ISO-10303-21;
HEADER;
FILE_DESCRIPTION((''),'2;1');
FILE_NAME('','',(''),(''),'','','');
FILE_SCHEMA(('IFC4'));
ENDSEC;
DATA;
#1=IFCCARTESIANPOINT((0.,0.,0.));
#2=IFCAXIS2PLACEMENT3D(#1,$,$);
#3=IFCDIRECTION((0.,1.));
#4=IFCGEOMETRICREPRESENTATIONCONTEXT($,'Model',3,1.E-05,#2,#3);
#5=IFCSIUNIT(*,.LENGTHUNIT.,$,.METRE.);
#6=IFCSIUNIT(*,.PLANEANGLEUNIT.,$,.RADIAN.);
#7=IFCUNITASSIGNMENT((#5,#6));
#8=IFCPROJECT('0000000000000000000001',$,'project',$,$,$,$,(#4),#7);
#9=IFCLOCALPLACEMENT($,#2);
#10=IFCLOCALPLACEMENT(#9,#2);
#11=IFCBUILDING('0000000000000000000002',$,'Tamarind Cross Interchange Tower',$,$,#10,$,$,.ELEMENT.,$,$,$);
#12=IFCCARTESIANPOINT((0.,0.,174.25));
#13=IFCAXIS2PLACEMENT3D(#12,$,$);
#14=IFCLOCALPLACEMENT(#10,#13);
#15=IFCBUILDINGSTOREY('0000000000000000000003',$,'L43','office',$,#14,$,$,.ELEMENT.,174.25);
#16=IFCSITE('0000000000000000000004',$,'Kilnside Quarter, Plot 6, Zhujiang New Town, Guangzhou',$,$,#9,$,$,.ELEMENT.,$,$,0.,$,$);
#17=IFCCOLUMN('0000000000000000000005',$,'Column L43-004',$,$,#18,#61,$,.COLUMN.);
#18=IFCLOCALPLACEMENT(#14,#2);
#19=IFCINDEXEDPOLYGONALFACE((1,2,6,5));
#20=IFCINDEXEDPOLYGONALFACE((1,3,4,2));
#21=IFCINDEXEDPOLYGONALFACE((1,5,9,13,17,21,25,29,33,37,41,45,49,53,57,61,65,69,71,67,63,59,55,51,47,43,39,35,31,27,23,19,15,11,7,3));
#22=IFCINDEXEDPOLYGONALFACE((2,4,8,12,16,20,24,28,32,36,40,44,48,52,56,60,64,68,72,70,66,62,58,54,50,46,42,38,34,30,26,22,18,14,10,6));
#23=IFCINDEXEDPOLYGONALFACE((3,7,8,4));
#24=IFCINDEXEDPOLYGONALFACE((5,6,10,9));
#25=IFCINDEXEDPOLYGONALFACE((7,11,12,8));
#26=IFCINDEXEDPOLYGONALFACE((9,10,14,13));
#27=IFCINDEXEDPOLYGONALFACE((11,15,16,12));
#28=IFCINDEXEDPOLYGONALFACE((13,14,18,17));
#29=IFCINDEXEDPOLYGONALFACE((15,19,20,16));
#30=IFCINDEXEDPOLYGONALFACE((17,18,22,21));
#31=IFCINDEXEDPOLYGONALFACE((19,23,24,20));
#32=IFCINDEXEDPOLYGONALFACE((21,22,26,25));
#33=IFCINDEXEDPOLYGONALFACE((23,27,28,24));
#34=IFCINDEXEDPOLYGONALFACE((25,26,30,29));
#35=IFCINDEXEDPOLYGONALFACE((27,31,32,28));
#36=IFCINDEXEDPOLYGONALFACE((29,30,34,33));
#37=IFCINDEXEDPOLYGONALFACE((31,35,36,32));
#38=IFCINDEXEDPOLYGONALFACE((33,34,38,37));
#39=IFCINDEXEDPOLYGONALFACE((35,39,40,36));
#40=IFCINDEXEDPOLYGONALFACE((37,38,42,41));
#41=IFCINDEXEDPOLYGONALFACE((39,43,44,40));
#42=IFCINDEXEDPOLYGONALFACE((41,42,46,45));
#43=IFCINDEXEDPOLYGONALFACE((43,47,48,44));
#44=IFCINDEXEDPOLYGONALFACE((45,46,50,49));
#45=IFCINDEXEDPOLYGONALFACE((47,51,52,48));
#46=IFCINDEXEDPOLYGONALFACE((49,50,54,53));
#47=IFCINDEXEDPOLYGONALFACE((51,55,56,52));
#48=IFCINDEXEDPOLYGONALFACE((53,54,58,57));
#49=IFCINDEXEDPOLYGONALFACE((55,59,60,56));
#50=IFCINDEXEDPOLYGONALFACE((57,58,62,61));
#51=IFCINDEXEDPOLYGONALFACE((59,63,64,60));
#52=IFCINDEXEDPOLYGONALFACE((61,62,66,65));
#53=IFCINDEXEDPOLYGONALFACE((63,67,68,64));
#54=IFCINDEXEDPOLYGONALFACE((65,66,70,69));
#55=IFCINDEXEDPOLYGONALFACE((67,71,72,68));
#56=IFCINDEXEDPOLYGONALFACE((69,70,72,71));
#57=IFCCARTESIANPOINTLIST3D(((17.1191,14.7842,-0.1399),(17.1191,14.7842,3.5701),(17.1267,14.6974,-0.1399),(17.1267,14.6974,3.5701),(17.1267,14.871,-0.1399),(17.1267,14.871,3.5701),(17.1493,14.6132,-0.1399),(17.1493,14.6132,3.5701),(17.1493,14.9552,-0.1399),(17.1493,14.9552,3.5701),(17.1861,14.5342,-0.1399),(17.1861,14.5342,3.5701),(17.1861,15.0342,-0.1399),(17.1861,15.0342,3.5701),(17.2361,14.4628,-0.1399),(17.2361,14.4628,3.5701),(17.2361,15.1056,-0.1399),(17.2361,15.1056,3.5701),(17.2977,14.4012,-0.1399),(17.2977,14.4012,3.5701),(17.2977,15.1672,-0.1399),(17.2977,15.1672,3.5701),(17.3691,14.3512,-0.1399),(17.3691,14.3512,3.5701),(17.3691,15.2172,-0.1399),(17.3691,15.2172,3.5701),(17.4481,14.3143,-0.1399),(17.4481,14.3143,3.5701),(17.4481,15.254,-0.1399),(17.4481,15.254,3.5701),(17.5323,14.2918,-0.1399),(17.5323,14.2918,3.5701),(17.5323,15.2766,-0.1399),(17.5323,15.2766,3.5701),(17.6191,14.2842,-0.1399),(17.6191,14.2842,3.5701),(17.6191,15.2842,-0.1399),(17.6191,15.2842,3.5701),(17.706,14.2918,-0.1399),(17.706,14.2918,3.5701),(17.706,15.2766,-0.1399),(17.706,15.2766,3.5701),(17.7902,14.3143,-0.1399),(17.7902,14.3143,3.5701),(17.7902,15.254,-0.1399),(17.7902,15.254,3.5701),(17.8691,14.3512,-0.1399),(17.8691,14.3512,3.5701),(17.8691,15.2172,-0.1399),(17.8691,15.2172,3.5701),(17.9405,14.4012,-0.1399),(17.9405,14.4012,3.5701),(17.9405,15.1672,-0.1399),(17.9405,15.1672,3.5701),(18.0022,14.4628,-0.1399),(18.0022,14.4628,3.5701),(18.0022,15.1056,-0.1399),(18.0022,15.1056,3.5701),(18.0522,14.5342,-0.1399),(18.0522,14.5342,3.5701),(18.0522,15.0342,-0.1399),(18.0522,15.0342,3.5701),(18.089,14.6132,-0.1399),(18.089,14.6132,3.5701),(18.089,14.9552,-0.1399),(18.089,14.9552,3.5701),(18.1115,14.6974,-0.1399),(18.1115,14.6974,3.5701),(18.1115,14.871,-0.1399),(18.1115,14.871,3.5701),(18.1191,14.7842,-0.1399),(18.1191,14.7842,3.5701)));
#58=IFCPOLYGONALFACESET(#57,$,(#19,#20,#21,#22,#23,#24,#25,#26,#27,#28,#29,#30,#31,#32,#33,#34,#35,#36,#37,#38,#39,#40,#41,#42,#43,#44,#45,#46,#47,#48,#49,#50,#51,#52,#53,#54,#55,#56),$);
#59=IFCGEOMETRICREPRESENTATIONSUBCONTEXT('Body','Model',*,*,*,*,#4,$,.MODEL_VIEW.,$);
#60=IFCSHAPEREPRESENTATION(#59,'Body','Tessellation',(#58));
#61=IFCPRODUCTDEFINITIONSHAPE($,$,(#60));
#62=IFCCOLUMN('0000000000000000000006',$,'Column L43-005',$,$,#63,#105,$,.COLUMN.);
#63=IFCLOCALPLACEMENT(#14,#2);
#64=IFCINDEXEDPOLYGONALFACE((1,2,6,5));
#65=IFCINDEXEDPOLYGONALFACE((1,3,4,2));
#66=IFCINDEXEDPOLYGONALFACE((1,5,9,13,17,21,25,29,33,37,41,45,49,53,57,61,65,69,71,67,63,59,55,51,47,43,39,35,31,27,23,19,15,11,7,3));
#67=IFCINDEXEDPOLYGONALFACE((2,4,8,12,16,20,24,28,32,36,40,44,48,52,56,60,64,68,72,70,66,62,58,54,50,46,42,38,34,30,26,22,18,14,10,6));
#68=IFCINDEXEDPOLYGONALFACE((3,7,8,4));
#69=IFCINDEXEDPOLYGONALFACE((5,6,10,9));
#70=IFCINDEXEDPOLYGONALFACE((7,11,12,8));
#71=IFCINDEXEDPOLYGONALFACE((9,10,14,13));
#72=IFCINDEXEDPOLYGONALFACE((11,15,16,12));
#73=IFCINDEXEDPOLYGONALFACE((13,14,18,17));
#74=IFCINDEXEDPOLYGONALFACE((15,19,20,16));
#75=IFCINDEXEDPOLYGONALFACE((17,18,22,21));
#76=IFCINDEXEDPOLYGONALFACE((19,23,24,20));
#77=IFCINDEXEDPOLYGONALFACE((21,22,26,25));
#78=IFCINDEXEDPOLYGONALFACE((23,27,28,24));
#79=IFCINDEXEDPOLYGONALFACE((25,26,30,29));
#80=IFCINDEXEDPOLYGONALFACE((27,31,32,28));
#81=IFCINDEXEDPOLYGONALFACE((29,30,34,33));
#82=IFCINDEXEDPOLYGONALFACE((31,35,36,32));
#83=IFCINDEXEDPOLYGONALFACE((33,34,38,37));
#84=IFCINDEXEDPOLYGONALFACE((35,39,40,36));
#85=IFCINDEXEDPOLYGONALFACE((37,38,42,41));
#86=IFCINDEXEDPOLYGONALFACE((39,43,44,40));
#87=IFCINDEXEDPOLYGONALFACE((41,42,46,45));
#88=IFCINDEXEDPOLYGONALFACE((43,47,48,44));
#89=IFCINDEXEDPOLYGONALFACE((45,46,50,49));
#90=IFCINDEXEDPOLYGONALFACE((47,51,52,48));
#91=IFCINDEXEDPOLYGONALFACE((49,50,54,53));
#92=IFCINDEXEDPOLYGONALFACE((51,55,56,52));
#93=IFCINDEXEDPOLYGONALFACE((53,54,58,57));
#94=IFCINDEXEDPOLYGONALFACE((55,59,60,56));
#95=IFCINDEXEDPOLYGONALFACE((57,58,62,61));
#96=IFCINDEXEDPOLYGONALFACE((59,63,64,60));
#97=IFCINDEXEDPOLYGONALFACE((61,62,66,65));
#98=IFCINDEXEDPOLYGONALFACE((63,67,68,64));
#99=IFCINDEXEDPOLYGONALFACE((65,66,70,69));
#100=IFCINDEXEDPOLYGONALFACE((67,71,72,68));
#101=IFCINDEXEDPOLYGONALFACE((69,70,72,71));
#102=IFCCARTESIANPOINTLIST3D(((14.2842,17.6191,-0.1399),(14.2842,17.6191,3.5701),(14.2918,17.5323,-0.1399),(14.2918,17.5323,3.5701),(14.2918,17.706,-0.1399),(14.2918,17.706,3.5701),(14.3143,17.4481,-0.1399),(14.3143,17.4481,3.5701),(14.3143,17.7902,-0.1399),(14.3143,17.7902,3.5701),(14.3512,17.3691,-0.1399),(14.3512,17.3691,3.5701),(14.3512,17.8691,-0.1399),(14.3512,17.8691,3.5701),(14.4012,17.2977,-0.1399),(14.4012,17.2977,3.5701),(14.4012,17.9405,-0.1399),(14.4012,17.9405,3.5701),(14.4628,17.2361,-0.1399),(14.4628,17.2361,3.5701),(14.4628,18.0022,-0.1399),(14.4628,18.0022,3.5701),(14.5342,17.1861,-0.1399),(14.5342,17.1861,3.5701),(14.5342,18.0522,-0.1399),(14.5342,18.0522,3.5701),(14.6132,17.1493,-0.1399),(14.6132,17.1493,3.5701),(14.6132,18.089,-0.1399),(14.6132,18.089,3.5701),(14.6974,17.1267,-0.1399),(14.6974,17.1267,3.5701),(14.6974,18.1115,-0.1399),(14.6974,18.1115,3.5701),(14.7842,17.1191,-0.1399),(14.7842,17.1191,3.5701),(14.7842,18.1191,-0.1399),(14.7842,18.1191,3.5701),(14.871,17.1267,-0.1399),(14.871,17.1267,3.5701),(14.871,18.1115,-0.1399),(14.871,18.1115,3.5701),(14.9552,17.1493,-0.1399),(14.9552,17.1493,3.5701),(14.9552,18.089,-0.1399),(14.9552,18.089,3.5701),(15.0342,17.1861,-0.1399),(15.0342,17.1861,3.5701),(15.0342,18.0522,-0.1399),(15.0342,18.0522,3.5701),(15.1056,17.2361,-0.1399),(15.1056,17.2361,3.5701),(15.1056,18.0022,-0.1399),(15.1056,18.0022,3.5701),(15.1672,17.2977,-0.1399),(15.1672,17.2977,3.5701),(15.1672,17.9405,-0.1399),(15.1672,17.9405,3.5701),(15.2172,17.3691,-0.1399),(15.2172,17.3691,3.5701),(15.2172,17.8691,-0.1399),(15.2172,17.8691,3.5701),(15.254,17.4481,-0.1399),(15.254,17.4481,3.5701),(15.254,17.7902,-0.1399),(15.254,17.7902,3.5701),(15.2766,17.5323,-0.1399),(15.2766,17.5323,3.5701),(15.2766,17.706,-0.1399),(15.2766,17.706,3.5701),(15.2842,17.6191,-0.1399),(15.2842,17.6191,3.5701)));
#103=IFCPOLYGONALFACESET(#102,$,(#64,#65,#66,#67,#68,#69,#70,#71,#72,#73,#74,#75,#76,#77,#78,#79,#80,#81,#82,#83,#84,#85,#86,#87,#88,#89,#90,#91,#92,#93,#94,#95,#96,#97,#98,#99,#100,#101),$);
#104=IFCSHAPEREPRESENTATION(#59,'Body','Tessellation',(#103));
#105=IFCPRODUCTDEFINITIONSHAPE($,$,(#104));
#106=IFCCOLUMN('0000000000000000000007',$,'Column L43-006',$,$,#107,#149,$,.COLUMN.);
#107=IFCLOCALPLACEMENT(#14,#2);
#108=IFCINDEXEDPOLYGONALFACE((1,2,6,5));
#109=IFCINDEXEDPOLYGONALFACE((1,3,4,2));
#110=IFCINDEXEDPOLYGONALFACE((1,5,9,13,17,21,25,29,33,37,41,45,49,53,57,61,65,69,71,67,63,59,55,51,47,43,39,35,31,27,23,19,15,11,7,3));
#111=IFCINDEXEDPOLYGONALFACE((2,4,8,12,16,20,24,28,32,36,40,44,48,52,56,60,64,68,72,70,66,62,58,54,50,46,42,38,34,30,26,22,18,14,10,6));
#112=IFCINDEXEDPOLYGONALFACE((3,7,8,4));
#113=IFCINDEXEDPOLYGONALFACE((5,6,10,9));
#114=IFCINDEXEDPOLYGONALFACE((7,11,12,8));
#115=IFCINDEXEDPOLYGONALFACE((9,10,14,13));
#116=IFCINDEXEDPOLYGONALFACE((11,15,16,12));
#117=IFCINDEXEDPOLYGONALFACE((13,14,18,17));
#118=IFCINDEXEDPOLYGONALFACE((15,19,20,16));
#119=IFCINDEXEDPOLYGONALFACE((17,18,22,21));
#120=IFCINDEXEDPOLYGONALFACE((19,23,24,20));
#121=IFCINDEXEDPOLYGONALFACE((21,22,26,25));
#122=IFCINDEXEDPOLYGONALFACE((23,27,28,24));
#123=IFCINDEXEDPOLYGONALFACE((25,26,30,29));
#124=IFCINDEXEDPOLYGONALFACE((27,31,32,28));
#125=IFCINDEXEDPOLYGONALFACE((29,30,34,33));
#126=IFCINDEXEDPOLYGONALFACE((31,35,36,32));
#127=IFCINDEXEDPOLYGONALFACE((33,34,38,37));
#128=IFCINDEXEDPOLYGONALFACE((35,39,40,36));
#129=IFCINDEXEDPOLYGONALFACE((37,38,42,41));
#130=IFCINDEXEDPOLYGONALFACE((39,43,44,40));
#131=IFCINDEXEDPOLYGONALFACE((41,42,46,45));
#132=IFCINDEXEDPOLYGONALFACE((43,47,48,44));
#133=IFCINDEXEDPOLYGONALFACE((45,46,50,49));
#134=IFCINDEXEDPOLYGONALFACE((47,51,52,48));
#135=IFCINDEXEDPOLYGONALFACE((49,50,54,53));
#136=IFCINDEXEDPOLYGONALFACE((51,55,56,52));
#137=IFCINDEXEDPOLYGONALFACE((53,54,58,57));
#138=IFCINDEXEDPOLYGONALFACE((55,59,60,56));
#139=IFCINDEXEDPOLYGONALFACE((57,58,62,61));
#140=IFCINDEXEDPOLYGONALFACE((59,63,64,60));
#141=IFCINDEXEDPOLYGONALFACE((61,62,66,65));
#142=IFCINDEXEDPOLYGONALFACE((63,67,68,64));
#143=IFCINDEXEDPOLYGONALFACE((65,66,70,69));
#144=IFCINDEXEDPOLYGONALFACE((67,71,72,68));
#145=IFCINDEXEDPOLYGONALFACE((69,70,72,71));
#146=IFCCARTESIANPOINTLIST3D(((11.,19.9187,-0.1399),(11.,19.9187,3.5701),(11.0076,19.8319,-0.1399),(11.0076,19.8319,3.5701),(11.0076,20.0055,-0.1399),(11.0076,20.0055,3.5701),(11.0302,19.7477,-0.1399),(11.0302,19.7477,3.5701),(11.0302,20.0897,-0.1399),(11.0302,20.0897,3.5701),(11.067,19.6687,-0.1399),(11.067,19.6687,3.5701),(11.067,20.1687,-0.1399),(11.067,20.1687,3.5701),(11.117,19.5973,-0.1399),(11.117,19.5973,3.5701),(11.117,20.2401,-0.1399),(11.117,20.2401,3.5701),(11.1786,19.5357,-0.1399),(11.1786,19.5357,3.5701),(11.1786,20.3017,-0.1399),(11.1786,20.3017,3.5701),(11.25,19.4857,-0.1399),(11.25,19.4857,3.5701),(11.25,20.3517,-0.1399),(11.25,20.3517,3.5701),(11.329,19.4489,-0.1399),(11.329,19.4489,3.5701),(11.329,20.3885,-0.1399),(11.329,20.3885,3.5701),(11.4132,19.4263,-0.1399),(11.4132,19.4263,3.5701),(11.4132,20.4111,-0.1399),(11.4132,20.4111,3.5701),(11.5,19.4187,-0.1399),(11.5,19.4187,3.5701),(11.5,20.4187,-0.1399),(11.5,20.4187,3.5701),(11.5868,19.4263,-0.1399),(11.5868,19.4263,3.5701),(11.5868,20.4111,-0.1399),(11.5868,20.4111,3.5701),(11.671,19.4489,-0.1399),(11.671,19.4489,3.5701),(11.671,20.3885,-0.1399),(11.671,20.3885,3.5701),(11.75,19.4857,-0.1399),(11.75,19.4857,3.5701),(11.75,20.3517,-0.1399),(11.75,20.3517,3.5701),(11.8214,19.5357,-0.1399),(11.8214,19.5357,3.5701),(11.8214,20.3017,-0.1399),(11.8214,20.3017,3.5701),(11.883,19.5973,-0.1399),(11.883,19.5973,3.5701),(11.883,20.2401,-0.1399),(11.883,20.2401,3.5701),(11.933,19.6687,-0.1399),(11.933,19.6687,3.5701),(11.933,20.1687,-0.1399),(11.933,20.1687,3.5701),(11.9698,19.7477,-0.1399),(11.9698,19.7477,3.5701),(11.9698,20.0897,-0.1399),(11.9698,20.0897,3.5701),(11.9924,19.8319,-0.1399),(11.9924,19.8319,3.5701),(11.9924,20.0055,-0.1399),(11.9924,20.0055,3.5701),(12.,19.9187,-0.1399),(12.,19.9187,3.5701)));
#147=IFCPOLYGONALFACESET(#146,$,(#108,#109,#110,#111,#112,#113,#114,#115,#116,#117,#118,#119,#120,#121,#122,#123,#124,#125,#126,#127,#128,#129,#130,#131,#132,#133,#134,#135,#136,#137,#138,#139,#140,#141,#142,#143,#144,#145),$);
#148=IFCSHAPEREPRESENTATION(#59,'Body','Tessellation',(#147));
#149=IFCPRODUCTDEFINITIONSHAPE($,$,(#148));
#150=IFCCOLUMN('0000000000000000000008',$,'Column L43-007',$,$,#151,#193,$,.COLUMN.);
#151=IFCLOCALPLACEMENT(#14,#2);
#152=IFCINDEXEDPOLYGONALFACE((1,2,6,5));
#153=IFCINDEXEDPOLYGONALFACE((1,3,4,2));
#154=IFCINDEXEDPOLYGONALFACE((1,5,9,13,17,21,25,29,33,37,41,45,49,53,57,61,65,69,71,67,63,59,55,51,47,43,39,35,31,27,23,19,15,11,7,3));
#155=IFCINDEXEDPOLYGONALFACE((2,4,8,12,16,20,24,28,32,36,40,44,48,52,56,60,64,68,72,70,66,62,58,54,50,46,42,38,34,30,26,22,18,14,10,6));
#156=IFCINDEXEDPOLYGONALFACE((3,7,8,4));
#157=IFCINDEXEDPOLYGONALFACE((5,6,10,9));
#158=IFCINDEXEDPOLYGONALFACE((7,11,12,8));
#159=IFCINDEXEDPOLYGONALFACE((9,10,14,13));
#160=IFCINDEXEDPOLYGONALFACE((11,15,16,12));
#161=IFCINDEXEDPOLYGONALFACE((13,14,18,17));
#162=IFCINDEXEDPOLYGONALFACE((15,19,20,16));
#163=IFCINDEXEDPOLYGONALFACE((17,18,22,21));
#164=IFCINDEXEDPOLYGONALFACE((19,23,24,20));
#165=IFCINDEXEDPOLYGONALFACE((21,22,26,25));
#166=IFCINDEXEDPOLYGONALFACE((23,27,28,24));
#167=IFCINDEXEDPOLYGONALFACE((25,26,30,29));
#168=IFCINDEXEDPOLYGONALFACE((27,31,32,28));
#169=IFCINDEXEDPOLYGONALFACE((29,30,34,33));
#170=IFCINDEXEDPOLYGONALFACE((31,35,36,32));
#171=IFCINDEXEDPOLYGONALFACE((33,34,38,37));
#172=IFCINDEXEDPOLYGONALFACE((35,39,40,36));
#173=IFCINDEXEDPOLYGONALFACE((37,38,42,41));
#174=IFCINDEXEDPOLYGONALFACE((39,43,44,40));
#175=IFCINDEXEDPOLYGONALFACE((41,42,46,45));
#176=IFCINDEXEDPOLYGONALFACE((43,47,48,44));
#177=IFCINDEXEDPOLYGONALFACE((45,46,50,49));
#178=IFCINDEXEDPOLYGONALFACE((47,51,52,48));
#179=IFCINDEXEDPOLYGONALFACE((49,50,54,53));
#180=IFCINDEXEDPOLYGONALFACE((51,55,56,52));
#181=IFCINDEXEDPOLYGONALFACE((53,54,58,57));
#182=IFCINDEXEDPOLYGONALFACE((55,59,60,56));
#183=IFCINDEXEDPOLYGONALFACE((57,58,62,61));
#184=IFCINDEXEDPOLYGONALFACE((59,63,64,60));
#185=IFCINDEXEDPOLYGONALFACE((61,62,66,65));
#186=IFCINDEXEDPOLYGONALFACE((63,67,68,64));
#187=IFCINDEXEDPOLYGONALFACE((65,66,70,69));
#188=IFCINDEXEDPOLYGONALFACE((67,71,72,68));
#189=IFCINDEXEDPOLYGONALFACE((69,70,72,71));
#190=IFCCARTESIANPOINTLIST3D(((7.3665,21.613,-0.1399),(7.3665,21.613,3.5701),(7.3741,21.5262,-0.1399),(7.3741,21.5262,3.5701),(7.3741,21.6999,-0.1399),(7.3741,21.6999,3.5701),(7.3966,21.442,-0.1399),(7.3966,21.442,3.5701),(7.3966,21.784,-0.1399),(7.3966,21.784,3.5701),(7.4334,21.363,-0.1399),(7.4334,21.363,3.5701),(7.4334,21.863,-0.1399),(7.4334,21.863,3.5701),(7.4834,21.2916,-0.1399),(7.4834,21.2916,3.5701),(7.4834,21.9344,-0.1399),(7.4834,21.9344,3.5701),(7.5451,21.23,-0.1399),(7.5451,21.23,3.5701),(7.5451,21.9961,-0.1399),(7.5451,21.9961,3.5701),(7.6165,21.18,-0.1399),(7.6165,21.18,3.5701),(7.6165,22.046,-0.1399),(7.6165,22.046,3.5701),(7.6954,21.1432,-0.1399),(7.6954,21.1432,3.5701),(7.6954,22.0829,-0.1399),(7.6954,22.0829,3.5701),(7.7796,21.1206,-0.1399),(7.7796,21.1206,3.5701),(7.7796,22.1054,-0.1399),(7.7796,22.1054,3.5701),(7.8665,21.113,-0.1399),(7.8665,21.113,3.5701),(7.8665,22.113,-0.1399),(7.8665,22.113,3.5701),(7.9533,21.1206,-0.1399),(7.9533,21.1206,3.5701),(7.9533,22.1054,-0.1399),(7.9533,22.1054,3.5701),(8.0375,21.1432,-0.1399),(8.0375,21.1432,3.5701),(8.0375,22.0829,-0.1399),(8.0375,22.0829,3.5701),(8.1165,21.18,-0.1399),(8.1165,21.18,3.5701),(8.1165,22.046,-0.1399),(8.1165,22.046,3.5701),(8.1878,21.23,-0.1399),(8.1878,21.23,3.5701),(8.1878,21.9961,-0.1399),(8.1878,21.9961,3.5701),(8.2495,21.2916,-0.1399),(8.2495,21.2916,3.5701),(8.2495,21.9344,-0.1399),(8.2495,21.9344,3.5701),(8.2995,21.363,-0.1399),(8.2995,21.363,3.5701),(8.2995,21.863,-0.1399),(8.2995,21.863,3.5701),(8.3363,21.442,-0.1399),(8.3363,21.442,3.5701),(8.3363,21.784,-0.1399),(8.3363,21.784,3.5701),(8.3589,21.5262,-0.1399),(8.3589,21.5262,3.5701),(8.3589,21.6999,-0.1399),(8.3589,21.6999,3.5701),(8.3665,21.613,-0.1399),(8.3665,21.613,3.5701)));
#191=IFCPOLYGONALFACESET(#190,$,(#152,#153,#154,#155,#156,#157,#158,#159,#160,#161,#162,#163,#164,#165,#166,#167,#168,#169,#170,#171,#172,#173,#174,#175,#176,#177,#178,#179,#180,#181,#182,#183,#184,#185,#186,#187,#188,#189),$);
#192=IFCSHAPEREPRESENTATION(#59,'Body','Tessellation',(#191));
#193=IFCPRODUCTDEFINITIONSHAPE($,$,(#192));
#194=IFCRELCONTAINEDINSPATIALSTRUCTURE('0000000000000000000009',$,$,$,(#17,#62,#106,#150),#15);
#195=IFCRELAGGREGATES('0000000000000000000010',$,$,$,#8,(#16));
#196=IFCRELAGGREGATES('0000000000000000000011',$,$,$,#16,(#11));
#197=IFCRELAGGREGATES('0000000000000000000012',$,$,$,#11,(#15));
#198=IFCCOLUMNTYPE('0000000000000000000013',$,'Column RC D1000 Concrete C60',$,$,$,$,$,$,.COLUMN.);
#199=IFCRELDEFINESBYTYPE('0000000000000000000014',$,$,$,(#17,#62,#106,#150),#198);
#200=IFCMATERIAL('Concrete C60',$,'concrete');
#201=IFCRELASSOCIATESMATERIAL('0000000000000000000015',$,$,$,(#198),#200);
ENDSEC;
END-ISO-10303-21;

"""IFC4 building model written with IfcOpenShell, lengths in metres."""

from ifc_helpers import new_model, si_unit, direction, frame, origin, origin_2d, place, context, subcontext, project, spatial, circle, extrude, material, material_profile, profile_set, type_object, element, save


model = new_model("IFC4")

# Units and contexts
model_context = context("Model", 3, precision=1e-05, world=origin(), true_north=direction((0.0, 1.0)))
body_context = subcontext(model_context, "Body", "Model", "MODEL_VIEW")
ifc_project = project(units=[si_unit("LENGTHUNIT", "METRE"), si_unit("PLANEANGLEUNIT", "RADIAN")], contexts=[model_context])

# Site, building, storey
site_placement = place(None, origin())
site = spatial("IfcSite", under=ifc_project, at=site_placement, Name="Kilnside Quarter, Plot 6, Zhujiang New Town, Guangzhou", CompositionType="ELEMENT", RefElevation=0.0)
building_placement = place(site_placement, origin())
building = spatial("IfcBuilding", under=site, at=building_placement, Name="Tamarind Cross Interchange Tower", CompositionType="ELEMENT")
storey_placement = place(building_placement, frame((0.0, 0.0, 174.25)))
storey = spatial("IfcBuildingStorey", under=building, at=storey_placement, Name="L43", Description="office", CompositionType="ELEMENT", Elevation=174.25)

# Columns
ifc_material_1 = material(Name="Concrete C60", Category="concrete")
ifc_material_profile_1 = material_profile(ifc_material_1, circle(Radius=0.5, at=origin_2d()), Name="RC D1000")
ifc_profile_set_1 = profile_set([ifc_material_profile_1], Name="Concrete C60")
column_type = type_object("IfcColumnType", Name="Column RC D1000 Concrete C60", PredefinedType="COLUMN", material=ifc_profile_set_1)
for number, where, z_axis, x_axis, name in (
    (1, (17.6191, 14.7842, -0.1399), (0.0, 0.0, 1.0), (1.0, 0.0, 0.0), "Column L43-004"),
    (2, (14.7842, 17.6191, -0.1399), (0.0, 0.0, 1.0), (1.0, 0.0, 0.0), "Column L43-005"),
    (3, (11.5, 19.9187, -0.1399), (0.0, 0.0, 1.0), (1.0, 0.0, 0.0), "Column L43-006"),
    (4, (7.8665, 21.613, -0.1399), (0.0, 0.0, 1.0), (1.0, 0.0, 0.0), "Column L43-007"),
):
    element("IfcColumn", number, at=place(storey_placement, frame(where, z_axis=z_axis, x_axis=x_axis)), inside=storey, type_object=column_type, Name=name, PredefinedType="COLUMN", context=body_context, shape_type="SweptSolid", body=[
        extrude(circle(Radius=0.5, at=origin_2d()), origin(), (0.0, 0.0, 1.0), 3.71),
    ])

save(model, "model.ifc")
